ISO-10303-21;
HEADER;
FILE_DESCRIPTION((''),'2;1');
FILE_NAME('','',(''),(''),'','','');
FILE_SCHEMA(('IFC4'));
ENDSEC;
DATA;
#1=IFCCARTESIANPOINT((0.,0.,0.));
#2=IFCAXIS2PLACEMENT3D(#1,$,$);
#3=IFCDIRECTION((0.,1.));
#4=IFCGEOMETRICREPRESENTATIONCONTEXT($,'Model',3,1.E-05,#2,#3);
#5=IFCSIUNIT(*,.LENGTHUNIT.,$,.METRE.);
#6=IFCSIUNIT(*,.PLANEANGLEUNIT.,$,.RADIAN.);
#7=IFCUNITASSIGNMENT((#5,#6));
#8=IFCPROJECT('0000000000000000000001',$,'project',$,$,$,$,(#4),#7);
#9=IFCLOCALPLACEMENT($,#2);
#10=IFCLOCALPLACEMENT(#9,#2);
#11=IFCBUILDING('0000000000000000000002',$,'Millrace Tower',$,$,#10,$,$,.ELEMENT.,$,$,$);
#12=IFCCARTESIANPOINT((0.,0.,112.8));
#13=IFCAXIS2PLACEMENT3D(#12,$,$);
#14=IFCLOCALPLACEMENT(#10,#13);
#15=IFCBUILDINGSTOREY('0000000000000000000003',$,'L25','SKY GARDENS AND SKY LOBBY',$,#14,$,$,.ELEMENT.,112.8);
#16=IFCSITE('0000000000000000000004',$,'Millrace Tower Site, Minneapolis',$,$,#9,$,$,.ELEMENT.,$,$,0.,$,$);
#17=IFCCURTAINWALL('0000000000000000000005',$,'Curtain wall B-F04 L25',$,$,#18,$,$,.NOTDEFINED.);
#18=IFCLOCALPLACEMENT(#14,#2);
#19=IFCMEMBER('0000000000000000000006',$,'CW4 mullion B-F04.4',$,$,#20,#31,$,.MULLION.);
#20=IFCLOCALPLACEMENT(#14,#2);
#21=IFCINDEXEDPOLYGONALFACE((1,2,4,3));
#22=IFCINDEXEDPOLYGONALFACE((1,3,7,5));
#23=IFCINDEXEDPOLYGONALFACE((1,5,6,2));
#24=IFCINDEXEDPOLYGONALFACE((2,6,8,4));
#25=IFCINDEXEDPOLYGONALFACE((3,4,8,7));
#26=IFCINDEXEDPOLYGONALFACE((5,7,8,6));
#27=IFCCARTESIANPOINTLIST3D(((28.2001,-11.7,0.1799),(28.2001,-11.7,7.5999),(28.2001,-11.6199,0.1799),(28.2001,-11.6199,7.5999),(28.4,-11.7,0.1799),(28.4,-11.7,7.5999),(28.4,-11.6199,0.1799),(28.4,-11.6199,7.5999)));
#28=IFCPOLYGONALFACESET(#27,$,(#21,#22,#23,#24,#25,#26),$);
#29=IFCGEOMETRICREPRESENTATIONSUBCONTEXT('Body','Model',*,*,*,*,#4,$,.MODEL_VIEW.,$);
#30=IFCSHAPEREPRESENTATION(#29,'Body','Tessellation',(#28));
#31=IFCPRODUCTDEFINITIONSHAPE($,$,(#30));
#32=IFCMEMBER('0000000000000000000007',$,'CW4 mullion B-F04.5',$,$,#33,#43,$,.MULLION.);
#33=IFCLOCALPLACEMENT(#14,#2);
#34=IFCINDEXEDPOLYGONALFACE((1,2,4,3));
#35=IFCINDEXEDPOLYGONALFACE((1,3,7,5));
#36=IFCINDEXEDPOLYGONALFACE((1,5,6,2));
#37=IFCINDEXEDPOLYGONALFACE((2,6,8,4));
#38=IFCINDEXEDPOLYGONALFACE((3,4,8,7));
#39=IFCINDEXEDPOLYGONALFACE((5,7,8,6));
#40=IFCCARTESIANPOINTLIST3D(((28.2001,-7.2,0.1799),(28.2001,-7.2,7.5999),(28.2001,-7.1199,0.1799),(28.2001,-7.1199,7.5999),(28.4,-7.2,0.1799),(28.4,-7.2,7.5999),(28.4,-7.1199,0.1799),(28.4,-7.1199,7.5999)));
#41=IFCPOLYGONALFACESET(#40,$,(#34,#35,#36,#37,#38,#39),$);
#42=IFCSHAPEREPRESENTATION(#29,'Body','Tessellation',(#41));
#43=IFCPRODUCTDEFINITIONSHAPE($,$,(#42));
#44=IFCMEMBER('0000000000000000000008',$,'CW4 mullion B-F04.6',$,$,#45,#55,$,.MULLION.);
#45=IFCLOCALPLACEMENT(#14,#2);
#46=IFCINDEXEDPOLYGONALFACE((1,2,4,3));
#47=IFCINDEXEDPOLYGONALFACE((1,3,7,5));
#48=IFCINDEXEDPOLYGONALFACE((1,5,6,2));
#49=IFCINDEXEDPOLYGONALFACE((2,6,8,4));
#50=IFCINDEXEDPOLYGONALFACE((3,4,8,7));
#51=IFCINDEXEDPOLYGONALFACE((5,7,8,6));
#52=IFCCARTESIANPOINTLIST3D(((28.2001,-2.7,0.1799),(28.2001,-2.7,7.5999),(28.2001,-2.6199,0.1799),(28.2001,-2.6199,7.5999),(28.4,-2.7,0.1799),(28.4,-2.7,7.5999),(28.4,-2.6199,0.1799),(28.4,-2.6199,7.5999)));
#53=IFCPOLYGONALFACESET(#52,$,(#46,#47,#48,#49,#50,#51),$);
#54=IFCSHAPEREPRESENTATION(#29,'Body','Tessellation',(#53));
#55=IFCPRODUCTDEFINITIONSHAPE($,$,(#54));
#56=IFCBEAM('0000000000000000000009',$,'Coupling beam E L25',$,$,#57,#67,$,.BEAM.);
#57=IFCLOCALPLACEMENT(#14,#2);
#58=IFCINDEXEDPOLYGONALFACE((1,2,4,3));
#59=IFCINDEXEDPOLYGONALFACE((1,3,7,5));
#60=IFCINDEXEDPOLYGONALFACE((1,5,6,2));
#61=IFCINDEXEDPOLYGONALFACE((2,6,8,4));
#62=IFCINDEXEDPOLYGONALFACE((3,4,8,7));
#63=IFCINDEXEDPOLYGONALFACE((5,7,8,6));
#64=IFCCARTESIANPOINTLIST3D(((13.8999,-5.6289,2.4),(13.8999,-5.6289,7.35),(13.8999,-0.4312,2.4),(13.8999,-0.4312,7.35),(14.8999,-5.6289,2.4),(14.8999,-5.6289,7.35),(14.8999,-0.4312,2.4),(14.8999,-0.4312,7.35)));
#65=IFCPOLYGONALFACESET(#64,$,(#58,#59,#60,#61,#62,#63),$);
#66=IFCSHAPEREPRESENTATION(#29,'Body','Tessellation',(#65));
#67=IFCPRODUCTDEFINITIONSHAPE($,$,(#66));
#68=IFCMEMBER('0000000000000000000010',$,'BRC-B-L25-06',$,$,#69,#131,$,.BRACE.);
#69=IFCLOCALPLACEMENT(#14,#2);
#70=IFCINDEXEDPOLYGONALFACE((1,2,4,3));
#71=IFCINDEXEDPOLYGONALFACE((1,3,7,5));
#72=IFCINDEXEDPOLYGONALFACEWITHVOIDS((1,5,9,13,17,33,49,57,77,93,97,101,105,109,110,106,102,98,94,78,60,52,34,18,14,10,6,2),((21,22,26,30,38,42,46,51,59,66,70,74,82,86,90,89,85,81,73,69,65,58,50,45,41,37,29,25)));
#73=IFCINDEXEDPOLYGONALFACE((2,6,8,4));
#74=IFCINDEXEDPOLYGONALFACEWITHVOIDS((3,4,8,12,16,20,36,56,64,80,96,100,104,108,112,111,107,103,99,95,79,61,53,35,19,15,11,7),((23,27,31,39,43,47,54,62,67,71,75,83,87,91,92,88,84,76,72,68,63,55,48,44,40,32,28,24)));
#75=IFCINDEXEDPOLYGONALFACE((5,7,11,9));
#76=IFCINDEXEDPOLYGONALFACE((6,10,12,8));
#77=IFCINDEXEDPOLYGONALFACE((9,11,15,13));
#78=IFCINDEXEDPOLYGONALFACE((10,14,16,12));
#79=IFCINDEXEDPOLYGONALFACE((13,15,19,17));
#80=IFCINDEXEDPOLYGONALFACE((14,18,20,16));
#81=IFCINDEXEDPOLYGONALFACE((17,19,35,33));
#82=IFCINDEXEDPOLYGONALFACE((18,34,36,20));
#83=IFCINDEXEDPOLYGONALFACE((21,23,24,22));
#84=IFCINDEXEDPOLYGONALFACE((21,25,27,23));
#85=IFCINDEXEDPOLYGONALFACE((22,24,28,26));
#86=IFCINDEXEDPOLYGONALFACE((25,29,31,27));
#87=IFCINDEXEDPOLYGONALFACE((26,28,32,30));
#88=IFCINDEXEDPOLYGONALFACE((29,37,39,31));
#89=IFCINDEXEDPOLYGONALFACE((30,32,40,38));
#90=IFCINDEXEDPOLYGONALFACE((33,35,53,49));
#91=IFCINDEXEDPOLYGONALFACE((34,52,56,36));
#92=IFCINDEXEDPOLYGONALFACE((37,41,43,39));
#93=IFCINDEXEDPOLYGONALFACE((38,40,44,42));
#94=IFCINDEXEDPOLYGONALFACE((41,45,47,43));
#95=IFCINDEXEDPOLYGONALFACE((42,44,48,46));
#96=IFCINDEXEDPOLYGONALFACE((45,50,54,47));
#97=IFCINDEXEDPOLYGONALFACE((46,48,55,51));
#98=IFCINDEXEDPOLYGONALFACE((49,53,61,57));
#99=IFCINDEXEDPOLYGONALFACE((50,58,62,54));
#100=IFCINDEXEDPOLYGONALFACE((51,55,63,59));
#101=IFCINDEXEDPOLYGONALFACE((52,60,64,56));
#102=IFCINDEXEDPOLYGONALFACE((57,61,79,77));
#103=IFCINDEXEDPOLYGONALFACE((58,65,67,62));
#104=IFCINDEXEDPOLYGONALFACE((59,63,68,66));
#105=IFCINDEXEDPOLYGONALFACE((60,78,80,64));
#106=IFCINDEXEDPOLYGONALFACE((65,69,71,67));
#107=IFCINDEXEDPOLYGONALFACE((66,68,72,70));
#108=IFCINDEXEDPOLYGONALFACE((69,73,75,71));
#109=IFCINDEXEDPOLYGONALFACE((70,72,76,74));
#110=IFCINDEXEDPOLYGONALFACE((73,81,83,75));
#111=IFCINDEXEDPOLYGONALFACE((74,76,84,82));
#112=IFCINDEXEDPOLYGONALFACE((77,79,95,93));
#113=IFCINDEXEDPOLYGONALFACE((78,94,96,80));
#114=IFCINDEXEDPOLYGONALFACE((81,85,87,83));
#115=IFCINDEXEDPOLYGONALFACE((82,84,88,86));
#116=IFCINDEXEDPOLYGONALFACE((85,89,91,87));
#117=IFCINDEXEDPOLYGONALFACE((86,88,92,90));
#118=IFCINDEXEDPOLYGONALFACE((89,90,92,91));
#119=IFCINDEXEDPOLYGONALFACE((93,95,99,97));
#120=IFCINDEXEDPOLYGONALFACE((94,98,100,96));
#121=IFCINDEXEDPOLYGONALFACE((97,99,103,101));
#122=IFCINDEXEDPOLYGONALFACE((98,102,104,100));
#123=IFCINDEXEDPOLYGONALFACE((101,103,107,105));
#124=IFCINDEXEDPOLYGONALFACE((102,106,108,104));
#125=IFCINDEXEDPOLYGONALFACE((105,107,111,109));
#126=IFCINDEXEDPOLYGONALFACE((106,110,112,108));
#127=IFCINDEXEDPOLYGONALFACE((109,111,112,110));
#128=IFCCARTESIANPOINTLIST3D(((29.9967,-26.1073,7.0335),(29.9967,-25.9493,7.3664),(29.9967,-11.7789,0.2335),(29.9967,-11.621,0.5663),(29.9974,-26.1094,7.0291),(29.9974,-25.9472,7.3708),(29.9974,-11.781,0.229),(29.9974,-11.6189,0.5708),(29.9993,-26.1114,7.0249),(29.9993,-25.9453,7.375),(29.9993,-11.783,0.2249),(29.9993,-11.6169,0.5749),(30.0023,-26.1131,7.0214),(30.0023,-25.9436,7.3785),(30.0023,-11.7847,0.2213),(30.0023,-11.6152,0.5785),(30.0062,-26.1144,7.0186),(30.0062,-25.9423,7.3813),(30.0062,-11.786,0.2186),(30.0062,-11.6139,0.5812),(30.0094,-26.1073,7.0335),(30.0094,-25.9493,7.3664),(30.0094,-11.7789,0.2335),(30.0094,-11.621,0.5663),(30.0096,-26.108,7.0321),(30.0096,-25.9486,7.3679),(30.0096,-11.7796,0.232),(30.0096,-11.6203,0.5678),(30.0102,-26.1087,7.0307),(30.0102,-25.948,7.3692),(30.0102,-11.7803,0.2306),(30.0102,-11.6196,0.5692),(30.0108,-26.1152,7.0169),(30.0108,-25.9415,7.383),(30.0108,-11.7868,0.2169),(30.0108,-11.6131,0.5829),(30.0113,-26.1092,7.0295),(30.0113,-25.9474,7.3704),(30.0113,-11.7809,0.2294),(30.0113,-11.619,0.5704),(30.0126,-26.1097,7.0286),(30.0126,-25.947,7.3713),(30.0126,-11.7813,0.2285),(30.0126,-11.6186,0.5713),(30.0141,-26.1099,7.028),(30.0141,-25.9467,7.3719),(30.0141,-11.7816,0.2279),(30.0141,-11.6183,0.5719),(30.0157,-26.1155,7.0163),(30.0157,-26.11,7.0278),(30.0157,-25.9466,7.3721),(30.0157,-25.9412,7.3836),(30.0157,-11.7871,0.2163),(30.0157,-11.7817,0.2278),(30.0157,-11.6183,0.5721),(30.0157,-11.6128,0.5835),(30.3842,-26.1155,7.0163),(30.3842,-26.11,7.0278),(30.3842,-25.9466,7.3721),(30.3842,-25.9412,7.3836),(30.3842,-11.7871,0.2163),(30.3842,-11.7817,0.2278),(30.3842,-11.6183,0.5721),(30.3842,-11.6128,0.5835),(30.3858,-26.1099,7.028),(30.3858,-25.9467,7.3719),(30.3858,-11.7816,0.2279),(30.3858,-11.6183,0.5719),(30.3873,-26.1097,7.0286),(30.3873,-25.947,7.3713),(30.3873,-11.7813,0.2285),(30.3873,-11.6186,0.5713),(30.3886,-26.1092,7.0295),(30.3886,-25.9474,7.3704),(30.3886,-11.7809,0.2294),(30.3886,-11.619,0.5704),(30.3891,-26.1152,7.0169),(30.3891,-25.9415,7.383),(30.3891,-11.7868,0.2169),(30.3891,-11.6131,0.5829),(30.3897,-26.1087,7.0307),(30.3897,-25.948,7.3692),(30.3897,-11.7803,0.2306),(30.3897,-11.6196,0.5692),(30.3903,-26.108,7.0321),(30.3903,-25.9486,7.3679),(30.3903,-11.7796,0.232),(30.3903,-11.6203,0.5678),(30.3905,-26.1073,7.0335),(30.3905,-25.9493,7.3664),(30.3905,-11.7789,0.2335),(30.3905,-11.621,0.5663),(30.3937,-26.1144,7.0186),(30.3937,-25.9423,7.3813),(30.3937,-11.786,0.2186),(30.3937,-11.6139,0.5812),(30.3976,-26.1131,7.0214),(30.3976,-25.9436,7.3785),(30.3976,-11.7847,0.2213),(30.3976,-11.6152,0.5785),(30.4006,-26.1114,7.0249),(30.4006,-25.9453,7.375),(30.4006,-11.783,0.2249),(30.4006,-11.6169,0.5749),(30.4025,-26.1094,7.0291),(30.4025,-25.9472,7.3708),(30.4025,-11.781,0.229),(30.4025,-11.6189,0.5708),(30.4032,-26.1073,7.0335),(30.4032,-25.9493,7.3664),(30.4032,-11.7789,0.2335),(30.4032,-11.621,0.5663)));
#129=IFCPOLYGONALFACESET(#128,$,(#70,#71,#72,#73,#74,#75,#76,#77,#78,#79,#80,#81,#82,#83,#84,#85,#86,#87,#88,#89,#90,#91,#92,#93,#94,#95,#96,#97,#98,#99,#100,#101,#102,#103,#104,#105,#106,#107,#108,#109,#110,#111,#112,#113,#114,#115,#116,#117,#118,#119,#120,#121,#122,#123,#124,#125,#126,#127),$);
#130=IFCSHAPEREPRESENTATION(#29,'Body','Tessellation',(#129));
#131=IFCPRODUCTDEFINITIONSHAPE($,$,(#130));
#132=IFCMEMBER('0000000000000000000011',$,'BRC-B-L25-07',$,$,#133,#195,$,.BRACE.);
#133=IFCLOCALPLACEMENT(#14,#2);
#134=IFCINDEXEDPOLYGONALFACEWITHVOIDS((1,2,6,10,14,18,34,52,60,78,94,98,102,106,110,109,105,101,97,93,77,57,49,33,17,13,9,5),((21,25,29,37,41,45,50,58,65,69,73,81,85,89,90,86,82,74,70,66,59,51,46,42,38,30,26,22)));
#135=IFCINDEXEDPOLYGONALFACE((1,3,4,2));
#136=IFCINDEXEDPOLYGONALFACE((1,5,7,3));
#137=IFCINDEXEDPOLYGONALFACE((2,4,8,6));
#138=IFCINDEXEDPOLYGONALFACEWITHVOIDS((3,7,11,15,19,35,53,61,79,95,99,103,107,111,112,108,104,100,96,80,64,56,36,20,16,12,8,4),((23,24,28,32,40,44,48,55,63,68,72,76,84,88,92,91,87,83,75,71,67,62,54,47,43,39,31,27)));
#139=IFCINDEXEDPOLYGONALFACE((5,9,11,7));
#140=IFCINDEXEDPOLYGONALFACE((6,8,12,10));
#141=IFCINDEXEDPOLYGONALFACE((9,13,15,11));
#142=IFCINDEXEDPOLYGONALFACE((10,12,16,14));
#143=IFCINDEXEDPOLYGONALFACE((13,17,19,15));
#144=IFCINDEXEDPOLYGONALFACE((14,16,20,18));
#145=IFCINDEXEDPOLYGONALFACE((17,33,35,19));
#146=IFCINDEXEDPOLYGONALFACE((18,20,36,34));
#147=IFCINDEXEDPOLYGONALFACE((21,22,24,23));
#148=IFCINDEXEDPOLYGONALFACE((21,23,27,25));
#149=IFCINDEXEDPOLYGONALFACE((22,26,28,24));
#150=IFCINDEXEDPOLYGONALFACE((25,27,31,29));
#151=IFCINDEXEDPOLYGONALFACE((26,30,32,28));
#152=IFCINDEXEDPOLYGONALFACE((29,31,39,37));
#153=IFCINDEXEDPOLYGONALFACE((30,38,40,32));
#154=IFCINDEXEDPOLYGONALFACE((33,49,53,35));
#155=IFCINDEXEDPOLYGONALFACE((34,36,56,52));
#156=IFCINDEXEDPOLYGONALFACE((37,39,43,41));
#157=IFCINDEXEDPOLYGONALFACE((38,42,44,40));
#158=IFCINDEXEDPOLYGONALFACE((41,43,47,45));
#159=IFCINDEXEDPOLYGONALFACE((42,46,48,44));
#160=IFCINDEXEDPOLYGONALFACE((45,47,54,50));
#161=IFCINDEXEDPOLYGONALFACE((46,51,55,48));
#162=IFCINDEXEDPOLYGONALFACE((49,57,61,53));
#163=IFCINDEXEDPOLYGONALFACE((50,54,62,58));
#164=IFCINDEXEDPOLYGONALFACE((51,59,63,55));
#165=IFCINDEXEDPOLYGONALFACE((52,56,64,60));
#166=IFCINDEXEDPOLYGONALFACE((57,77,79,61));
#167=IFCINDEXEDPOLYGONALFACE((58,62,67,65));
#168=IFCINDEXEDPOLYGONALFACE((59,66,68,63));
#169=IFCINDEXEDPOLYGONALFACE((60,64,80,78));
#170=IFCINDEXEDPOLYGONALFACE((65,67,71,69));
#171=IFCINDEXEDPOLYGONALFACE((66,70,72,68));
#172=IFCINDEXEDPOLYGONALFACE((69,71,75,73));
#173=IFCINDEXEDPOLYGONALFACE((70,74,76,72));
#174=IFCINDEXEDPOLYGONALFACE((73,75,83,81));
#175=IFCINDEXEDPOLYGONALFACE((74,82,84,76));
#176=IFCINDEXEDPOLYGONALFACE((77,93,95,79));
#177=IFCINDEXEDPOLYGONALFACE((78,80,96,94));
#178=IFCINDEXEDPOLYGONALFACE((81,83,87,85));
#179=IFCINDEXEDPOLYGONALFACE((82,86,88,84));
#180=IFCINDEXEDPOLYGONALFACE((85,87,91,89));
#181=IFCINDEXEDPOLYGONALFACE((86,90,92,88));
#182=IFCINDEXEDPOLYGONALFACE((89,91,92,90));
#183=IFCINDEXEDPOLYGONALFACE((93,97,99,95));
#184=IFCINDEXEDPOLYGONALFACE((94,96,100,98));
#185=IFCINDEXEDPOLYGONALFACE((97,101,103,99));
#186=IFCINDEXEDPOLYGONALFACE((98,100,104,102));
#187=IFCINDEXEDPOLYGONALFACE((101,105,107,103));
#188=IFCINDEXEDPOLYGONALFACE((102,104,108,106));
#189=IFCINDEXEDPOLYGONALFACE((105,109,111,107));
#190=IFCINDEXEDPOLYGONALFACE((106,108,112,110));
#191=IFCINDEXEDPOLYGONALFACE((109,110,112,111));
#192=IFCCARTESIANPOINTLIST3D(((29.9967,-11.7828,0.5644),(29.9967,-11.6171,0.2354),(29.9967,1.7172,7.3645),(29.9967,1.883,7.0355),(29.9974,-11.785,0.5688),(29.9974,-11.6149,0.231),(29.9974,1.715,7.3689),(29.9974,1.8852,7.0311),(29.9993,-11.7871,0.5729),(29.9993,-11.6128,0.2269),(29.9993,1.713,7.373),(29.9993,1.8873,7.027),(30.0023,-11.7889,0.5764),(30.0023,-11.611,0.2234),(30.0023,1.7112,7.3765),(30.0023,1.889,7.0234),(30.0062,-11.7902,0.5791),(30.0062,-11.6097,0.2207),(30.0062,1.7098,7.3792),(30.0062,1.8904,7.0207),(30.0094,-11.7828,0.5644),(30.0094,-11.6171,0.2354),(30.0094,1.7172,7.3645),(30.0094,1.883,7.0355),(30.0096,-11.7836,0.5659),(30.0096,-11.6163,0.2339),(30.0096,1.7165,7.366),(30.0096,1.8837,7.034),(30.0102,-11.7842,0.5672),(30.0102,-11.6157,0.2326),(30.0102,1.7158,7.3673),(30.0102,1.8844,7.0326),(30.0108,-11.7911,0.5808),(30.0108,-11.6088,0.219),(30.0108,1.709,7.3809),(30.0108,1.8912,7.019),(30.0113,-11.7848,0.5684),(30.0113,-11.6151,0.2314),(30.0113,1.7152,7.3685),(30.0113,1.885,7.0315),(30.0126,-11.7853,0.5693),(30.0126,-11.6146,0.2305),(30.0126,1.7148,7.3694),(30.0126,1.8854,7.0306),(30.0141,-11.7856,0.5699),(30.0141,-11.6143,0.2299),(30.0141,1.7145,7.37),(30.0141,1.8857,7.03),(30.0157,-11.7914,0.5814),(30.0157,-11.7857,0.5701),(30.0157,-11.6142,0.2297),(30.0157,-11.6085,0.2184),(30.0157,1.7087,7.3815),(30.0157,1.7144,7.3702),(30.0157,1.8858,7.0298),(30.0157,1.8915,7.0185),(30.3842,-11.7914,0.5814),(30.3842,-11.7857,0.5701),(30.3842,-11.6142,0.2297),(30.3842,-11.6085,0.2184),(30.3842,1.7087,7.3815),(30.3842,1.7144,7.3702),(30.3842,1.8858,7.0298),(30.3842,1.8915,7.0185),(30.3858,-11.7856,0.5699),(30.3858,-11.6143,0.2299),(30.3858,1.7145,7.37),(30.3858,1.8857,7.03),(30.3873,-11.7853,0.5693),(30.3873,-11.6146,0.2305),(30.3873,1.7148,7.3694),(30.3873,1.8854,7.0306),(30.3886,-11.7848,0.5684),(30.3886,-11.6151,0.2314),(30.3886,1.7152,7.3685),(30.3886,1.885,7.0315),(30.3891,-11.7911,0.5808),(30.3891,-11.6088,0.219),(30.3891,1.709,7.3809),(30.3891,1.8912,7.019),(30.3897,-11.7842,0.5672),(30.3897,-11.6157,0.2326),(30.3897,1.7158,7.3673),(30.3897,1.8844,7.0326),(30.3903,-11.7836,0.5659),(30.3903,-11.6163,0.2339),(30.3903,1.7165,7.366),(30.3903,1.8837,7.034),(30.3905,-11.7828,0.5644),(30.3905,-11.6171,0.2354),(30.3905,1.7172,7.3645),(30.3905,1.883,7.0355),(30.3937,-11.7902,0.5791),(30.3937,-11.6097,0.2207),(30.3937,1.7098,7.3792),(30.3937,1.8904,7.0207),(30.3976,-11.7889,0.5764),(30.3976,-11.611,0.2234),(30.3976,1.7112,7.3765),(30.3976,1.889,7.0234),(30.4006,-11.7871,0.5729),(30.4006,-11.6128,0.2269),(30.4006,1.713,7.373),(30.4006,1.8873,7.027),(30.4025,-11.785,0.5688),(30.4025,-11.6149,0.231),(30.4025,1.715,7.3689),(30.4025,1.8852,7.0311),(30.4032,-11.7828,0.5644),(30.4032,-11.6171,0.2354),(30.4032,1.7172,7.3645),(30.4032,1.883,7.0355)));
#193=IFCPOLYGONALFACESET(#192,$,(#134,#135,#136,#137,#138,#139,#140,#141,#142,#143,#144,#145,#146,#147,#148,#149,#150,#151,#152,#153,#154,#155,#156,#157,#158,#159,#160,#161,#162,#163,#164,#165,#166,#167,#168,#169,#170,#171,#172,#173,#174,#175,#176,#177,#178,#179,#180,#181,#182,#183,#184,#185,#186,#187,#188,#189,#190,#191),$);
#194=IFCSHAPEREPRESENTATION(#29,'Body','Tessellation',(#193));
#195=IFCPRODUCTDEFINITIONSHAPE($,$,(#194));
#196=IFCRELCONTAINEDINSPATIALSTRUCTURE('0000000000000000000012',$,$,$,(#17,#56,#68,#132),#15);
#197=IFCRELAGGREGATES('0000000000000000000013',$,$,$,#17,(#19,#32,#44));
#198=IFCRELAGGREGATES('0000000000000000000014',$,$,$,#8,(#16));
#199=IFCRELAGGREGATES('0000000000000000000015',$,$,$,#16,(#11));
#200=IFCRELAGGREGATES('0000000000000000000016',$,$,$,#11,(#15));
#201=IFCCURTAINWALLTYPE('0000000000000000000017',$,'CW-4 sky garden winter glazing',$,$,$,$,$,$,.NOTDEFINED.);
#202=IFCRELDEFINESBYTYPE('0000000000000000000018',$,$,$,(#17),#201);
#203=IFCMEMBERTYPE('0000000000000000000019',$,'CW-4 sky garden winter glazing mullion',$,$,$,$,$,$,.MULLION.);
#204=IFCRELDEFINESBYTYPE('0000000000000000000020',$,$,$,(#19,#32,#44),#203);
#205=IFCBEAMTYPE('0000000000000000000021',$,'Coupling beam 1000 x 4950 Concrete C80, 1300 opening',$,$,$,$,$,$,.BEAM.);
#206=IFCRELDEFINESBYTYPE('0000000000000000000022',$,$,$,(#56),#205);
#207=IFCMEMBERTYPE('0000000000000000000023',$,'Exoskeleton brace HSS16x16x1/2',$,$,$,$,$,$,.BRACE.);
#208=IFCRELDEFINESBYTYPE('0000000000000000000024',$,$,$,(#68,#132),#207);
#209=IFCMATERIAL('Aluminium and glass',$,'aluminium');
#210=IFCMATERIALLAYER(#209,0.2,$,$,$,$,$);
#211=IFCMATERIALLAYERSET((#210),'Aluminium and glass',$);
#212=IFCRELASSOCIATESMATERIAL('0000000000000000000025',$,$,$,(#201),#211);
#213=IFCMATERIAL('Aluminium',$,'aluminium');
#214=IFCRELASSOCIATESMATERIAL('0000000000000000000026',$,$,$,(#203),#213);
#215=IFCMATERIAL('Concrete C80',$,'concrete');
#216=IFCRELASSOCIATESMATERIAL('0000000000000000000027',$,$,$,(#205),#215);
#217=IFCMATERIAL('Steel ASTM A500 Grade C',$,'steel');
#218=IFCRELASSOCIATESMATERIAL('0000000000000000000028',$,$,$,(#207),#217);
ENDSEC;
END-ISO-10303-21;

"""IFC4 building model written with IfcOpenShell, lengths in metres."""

from ifc_helpers import new_model, si_unit, direction, frame, origin, origin_2d, place, context, subcontext, project, spatial, rectangle, hollow_rectangle, extrude, material, layer, layer_set, material_profile, profile_set, type_object, element, aggregate, save


model = new_model("IFC4")

# Units and contexts
model_context = context("Model", 3, precision=1e-05, world=origin(), true_north=direction((0.0, 1.0)))
body_context = subcontext(model_context, "Body", "Model", "MODEL_VIEW")
ifc_project = project(units=[si_unit("LENGTHUNIT", "METRE"), si_unit("PLANEANGLEUNIT", "RADIAN")], contexts=[model_context])

# Site, building, storey
site_placement = place(None, origin())
site = spatial("IfcSite", under=ifc_project, at=site_placement, Name="Millrace Tower Site, Minneapolis", CompositionType="ELEMENT", RefElevation=0.0)
building_placement = place(site_placement, origin())
building = spatial("IfcBuilding", under=site, at=building_placement, Name="Millrace Tower", CompositionType="ELEMENT")
storey_placement = place(building_placement, frame((0.0, 0.0, 112.8)))
storey = spatial("IfcBuildingStorey", under=building, at=storey_placement, Name="L25", Description="SKY GARDENS AND SKY LOBBY", CompositionType="ELEMENT", Elevation=112.8)

# Curtain wall, members
ifc_material_1 = material(Name="Aluminium and glass", Category="aluminium")
ifc_layer_1 = layer(ifc_material_1, 0.2)
ifc_layer_set_1 = layer_set([ifc_layer_1], Name="Aluminium and glass")
curtain_wall_type = type_object("IfcCurtainWallType", Name="CW-4 sky garden winter glazing", PredefinedType="NOTDEFINED", material=ifc_layer_set_1)
placement = place(storey_placement, origin())
curtain_wall = element("IfcCurtainWall", 1, at=placement, inside=storey, type_object=curtain_wall_type, Name="Curtain wall B-F04 L25", PredefinedType="NOTDEFINED")
ifc_material_2 = material(Name="Aluminium", Category="aluminium")
ifc_material_profile_1 = material_profile(ifc_material_2, rectangle(XDim=0.0801, YDim=0.2, at=origin_2d()))
ifc_profile_set_1 = profile_set([ifc_material_profile_1], Name="Aluminium")
member_type_1 = type_object("IfcMemberType", Name="CW-4 sky garden winter glazing mullion", PredefinedType="MULLION", material=ifc_profile_set_1)
member_1_placement = place(storey_placement, frame((28.3, -11.6599, 0.1799), z_axis=(0.0, 0.0, 1.0), x_axis=(0.0, 1.0, 0.0)))
member_1 = element("IfcMember", 2, at=member_1_placement, type_object=member_type_1, Name="CW4 mullion B-F04.4", PredefinedType="MULLION", context=body_context, shape_type="SweptSolid", body=[
    extrude(rectangle(XDim=0.0801, YDim=0.2, at=origin_2d()), origin(), (0.0, 0.0, 1.0), 7.4199),
])
member_2_placement = place(storey_placement, frame((28.3, -7.1599, 0.1799), z_axis=(0.0, 0.0, 1.0), x_axis=(0.0, 1.0, 0.0)))
member_2 = element("IfcMember", 3, at=member_2_placement, type_object=member_type_1, Name="CW4 mullion B-F04.5", PredefinedType="MULLION", context=body_context, shape_type="SweptSolid", body=[
    extrude(rectangle(XDim=0.0801, YDim=0.2, at=origin_2d()), origin(), (0.0, 0.0, 1.0), 7.4199),
])
member_3_placement = place(storey_placement, frame((28.3, -2.6599, 0.1799), z_axis=(0.0, 0.0, 1.0), x_axis=(0.0, 1.0, 0.0)))
member_3 = element("IfcMember", 4, at=member_3_placement, type_object=member_type_1, Name="CW4 mullion B-F04.6", PredefinedType="MULLION", context=body_context, shape_type="SweptSolid", body=[
    extrude(rectangle(XDim=0.0801, YDim=0.2, at=origin_2d()), origin(), (0.0, 0.0, 1.0), 7.4199),
])
aggregate(curtain_wall, [member_1, member_2, member_3])

# Beam
ifc_material_3 = material(Name="Concrete C80", Category="concrete")
ifc_material_profile_2 = material_profile(ifc_material_3, rectangle(XDim=1.0, YDim=4.95, at=origin_2d()))
ifc_profile_set_2 = profile_set([ifc_material_profile_2], Name="Concrete C80")
beam_type_1 = type_object("IfcBeamType", Name="Coupling beam 1000 x 4950 Concrete C80, 1300 opening", PredefinedType="BEAM", material=ifc_profile_set_2)
beam_placement = place(storey_placement, frame((14.3999, -0.4312, 4.875), z_axis=(0.0, -1.0, 0.0), x_axis=(1.0, 0.0, 0.0)))
element("IfcBeam", 5, at=beam_placement, inside=storey, type_object=beam_type_1, Name="Coupling beam E L25", PredefinedType="BEAM", context=body_context, shape_type="SweptSolid", body=[
    extrude(rectangle(XDim=1.0, YDim=4.95, at=origin_2d()), origin(), (0.0, 0.0, 1.0), 5.1978),
])

# Members
ifc_material_4 = material(Name="Steel ASTM A500 Grade C", Category="steel")
ifc_material_profile_3 = material_profile(ifc_material_4, hollow_rectangle(XDim=0.4065, YDim=0.4065, WallThickness=0.0127, InnerFilletRadius=0.0063, OuterFilletRadius=0.019, at=origin_2d()))
ifc_profile_set_3 = profile_set([ifc_material_profile_3], Name="Steel ASTM A500 Grade C")
member_type_2 = type_object("IfcMemberType", Name="Exoskeleton brace HSS16x16x1/2", PredefinedType="BRACE", material=ifc_profile_set_3)
member_4_placement = place(storey_placement, frame((30.2, -11.7, 0.3999), z_axis=(0.0, -0.903422, 0.428752), x_axis=(1.0, 0.0, 0.0)))
element("IfcMember", 6, at=member_4_placement, inside=storey, type_object=member_type_2, Name="BRC-B-L25-06", PredefinedType="BRACE", context=body_context, shape_type="SweptSolid", body=[
    extrude(hollow_rectangle(XDim=0.4065, YDim=0.4065, WallThickness=0.0127, InnerFilletRadius=0.0063, OuterFilletRadius=0.019, at=origin_2d()), origin(), (0.0, 0.0, 1.0), 15.8601),
])
member_5_placement = place(storey_placement, frame((30.2, -11.7, 0.3999), z_axis=(0.0, 0.893099, 0.44986), x_axis=(-1.0, 0.0, 0.0)))
element("IfcMember", 7, at=member_5_placement, inside=storey, type_object=member_type_2, Name="BRC-B-L25-07", PredefinedType="BRACE", context=body_context, shape_type="SweptSolid", body=[
    extrude(hollow_rectangle(XDim=0.4065, YDim=0.4065, WallThickness=0.0127, InnerFilletRadius=0.0063, OuterFilletRadius=0.019, at=origin_2d()), origin(), (0.0, 0.0, 1.0), 15.116),
])

save(model, "model.ifc")
